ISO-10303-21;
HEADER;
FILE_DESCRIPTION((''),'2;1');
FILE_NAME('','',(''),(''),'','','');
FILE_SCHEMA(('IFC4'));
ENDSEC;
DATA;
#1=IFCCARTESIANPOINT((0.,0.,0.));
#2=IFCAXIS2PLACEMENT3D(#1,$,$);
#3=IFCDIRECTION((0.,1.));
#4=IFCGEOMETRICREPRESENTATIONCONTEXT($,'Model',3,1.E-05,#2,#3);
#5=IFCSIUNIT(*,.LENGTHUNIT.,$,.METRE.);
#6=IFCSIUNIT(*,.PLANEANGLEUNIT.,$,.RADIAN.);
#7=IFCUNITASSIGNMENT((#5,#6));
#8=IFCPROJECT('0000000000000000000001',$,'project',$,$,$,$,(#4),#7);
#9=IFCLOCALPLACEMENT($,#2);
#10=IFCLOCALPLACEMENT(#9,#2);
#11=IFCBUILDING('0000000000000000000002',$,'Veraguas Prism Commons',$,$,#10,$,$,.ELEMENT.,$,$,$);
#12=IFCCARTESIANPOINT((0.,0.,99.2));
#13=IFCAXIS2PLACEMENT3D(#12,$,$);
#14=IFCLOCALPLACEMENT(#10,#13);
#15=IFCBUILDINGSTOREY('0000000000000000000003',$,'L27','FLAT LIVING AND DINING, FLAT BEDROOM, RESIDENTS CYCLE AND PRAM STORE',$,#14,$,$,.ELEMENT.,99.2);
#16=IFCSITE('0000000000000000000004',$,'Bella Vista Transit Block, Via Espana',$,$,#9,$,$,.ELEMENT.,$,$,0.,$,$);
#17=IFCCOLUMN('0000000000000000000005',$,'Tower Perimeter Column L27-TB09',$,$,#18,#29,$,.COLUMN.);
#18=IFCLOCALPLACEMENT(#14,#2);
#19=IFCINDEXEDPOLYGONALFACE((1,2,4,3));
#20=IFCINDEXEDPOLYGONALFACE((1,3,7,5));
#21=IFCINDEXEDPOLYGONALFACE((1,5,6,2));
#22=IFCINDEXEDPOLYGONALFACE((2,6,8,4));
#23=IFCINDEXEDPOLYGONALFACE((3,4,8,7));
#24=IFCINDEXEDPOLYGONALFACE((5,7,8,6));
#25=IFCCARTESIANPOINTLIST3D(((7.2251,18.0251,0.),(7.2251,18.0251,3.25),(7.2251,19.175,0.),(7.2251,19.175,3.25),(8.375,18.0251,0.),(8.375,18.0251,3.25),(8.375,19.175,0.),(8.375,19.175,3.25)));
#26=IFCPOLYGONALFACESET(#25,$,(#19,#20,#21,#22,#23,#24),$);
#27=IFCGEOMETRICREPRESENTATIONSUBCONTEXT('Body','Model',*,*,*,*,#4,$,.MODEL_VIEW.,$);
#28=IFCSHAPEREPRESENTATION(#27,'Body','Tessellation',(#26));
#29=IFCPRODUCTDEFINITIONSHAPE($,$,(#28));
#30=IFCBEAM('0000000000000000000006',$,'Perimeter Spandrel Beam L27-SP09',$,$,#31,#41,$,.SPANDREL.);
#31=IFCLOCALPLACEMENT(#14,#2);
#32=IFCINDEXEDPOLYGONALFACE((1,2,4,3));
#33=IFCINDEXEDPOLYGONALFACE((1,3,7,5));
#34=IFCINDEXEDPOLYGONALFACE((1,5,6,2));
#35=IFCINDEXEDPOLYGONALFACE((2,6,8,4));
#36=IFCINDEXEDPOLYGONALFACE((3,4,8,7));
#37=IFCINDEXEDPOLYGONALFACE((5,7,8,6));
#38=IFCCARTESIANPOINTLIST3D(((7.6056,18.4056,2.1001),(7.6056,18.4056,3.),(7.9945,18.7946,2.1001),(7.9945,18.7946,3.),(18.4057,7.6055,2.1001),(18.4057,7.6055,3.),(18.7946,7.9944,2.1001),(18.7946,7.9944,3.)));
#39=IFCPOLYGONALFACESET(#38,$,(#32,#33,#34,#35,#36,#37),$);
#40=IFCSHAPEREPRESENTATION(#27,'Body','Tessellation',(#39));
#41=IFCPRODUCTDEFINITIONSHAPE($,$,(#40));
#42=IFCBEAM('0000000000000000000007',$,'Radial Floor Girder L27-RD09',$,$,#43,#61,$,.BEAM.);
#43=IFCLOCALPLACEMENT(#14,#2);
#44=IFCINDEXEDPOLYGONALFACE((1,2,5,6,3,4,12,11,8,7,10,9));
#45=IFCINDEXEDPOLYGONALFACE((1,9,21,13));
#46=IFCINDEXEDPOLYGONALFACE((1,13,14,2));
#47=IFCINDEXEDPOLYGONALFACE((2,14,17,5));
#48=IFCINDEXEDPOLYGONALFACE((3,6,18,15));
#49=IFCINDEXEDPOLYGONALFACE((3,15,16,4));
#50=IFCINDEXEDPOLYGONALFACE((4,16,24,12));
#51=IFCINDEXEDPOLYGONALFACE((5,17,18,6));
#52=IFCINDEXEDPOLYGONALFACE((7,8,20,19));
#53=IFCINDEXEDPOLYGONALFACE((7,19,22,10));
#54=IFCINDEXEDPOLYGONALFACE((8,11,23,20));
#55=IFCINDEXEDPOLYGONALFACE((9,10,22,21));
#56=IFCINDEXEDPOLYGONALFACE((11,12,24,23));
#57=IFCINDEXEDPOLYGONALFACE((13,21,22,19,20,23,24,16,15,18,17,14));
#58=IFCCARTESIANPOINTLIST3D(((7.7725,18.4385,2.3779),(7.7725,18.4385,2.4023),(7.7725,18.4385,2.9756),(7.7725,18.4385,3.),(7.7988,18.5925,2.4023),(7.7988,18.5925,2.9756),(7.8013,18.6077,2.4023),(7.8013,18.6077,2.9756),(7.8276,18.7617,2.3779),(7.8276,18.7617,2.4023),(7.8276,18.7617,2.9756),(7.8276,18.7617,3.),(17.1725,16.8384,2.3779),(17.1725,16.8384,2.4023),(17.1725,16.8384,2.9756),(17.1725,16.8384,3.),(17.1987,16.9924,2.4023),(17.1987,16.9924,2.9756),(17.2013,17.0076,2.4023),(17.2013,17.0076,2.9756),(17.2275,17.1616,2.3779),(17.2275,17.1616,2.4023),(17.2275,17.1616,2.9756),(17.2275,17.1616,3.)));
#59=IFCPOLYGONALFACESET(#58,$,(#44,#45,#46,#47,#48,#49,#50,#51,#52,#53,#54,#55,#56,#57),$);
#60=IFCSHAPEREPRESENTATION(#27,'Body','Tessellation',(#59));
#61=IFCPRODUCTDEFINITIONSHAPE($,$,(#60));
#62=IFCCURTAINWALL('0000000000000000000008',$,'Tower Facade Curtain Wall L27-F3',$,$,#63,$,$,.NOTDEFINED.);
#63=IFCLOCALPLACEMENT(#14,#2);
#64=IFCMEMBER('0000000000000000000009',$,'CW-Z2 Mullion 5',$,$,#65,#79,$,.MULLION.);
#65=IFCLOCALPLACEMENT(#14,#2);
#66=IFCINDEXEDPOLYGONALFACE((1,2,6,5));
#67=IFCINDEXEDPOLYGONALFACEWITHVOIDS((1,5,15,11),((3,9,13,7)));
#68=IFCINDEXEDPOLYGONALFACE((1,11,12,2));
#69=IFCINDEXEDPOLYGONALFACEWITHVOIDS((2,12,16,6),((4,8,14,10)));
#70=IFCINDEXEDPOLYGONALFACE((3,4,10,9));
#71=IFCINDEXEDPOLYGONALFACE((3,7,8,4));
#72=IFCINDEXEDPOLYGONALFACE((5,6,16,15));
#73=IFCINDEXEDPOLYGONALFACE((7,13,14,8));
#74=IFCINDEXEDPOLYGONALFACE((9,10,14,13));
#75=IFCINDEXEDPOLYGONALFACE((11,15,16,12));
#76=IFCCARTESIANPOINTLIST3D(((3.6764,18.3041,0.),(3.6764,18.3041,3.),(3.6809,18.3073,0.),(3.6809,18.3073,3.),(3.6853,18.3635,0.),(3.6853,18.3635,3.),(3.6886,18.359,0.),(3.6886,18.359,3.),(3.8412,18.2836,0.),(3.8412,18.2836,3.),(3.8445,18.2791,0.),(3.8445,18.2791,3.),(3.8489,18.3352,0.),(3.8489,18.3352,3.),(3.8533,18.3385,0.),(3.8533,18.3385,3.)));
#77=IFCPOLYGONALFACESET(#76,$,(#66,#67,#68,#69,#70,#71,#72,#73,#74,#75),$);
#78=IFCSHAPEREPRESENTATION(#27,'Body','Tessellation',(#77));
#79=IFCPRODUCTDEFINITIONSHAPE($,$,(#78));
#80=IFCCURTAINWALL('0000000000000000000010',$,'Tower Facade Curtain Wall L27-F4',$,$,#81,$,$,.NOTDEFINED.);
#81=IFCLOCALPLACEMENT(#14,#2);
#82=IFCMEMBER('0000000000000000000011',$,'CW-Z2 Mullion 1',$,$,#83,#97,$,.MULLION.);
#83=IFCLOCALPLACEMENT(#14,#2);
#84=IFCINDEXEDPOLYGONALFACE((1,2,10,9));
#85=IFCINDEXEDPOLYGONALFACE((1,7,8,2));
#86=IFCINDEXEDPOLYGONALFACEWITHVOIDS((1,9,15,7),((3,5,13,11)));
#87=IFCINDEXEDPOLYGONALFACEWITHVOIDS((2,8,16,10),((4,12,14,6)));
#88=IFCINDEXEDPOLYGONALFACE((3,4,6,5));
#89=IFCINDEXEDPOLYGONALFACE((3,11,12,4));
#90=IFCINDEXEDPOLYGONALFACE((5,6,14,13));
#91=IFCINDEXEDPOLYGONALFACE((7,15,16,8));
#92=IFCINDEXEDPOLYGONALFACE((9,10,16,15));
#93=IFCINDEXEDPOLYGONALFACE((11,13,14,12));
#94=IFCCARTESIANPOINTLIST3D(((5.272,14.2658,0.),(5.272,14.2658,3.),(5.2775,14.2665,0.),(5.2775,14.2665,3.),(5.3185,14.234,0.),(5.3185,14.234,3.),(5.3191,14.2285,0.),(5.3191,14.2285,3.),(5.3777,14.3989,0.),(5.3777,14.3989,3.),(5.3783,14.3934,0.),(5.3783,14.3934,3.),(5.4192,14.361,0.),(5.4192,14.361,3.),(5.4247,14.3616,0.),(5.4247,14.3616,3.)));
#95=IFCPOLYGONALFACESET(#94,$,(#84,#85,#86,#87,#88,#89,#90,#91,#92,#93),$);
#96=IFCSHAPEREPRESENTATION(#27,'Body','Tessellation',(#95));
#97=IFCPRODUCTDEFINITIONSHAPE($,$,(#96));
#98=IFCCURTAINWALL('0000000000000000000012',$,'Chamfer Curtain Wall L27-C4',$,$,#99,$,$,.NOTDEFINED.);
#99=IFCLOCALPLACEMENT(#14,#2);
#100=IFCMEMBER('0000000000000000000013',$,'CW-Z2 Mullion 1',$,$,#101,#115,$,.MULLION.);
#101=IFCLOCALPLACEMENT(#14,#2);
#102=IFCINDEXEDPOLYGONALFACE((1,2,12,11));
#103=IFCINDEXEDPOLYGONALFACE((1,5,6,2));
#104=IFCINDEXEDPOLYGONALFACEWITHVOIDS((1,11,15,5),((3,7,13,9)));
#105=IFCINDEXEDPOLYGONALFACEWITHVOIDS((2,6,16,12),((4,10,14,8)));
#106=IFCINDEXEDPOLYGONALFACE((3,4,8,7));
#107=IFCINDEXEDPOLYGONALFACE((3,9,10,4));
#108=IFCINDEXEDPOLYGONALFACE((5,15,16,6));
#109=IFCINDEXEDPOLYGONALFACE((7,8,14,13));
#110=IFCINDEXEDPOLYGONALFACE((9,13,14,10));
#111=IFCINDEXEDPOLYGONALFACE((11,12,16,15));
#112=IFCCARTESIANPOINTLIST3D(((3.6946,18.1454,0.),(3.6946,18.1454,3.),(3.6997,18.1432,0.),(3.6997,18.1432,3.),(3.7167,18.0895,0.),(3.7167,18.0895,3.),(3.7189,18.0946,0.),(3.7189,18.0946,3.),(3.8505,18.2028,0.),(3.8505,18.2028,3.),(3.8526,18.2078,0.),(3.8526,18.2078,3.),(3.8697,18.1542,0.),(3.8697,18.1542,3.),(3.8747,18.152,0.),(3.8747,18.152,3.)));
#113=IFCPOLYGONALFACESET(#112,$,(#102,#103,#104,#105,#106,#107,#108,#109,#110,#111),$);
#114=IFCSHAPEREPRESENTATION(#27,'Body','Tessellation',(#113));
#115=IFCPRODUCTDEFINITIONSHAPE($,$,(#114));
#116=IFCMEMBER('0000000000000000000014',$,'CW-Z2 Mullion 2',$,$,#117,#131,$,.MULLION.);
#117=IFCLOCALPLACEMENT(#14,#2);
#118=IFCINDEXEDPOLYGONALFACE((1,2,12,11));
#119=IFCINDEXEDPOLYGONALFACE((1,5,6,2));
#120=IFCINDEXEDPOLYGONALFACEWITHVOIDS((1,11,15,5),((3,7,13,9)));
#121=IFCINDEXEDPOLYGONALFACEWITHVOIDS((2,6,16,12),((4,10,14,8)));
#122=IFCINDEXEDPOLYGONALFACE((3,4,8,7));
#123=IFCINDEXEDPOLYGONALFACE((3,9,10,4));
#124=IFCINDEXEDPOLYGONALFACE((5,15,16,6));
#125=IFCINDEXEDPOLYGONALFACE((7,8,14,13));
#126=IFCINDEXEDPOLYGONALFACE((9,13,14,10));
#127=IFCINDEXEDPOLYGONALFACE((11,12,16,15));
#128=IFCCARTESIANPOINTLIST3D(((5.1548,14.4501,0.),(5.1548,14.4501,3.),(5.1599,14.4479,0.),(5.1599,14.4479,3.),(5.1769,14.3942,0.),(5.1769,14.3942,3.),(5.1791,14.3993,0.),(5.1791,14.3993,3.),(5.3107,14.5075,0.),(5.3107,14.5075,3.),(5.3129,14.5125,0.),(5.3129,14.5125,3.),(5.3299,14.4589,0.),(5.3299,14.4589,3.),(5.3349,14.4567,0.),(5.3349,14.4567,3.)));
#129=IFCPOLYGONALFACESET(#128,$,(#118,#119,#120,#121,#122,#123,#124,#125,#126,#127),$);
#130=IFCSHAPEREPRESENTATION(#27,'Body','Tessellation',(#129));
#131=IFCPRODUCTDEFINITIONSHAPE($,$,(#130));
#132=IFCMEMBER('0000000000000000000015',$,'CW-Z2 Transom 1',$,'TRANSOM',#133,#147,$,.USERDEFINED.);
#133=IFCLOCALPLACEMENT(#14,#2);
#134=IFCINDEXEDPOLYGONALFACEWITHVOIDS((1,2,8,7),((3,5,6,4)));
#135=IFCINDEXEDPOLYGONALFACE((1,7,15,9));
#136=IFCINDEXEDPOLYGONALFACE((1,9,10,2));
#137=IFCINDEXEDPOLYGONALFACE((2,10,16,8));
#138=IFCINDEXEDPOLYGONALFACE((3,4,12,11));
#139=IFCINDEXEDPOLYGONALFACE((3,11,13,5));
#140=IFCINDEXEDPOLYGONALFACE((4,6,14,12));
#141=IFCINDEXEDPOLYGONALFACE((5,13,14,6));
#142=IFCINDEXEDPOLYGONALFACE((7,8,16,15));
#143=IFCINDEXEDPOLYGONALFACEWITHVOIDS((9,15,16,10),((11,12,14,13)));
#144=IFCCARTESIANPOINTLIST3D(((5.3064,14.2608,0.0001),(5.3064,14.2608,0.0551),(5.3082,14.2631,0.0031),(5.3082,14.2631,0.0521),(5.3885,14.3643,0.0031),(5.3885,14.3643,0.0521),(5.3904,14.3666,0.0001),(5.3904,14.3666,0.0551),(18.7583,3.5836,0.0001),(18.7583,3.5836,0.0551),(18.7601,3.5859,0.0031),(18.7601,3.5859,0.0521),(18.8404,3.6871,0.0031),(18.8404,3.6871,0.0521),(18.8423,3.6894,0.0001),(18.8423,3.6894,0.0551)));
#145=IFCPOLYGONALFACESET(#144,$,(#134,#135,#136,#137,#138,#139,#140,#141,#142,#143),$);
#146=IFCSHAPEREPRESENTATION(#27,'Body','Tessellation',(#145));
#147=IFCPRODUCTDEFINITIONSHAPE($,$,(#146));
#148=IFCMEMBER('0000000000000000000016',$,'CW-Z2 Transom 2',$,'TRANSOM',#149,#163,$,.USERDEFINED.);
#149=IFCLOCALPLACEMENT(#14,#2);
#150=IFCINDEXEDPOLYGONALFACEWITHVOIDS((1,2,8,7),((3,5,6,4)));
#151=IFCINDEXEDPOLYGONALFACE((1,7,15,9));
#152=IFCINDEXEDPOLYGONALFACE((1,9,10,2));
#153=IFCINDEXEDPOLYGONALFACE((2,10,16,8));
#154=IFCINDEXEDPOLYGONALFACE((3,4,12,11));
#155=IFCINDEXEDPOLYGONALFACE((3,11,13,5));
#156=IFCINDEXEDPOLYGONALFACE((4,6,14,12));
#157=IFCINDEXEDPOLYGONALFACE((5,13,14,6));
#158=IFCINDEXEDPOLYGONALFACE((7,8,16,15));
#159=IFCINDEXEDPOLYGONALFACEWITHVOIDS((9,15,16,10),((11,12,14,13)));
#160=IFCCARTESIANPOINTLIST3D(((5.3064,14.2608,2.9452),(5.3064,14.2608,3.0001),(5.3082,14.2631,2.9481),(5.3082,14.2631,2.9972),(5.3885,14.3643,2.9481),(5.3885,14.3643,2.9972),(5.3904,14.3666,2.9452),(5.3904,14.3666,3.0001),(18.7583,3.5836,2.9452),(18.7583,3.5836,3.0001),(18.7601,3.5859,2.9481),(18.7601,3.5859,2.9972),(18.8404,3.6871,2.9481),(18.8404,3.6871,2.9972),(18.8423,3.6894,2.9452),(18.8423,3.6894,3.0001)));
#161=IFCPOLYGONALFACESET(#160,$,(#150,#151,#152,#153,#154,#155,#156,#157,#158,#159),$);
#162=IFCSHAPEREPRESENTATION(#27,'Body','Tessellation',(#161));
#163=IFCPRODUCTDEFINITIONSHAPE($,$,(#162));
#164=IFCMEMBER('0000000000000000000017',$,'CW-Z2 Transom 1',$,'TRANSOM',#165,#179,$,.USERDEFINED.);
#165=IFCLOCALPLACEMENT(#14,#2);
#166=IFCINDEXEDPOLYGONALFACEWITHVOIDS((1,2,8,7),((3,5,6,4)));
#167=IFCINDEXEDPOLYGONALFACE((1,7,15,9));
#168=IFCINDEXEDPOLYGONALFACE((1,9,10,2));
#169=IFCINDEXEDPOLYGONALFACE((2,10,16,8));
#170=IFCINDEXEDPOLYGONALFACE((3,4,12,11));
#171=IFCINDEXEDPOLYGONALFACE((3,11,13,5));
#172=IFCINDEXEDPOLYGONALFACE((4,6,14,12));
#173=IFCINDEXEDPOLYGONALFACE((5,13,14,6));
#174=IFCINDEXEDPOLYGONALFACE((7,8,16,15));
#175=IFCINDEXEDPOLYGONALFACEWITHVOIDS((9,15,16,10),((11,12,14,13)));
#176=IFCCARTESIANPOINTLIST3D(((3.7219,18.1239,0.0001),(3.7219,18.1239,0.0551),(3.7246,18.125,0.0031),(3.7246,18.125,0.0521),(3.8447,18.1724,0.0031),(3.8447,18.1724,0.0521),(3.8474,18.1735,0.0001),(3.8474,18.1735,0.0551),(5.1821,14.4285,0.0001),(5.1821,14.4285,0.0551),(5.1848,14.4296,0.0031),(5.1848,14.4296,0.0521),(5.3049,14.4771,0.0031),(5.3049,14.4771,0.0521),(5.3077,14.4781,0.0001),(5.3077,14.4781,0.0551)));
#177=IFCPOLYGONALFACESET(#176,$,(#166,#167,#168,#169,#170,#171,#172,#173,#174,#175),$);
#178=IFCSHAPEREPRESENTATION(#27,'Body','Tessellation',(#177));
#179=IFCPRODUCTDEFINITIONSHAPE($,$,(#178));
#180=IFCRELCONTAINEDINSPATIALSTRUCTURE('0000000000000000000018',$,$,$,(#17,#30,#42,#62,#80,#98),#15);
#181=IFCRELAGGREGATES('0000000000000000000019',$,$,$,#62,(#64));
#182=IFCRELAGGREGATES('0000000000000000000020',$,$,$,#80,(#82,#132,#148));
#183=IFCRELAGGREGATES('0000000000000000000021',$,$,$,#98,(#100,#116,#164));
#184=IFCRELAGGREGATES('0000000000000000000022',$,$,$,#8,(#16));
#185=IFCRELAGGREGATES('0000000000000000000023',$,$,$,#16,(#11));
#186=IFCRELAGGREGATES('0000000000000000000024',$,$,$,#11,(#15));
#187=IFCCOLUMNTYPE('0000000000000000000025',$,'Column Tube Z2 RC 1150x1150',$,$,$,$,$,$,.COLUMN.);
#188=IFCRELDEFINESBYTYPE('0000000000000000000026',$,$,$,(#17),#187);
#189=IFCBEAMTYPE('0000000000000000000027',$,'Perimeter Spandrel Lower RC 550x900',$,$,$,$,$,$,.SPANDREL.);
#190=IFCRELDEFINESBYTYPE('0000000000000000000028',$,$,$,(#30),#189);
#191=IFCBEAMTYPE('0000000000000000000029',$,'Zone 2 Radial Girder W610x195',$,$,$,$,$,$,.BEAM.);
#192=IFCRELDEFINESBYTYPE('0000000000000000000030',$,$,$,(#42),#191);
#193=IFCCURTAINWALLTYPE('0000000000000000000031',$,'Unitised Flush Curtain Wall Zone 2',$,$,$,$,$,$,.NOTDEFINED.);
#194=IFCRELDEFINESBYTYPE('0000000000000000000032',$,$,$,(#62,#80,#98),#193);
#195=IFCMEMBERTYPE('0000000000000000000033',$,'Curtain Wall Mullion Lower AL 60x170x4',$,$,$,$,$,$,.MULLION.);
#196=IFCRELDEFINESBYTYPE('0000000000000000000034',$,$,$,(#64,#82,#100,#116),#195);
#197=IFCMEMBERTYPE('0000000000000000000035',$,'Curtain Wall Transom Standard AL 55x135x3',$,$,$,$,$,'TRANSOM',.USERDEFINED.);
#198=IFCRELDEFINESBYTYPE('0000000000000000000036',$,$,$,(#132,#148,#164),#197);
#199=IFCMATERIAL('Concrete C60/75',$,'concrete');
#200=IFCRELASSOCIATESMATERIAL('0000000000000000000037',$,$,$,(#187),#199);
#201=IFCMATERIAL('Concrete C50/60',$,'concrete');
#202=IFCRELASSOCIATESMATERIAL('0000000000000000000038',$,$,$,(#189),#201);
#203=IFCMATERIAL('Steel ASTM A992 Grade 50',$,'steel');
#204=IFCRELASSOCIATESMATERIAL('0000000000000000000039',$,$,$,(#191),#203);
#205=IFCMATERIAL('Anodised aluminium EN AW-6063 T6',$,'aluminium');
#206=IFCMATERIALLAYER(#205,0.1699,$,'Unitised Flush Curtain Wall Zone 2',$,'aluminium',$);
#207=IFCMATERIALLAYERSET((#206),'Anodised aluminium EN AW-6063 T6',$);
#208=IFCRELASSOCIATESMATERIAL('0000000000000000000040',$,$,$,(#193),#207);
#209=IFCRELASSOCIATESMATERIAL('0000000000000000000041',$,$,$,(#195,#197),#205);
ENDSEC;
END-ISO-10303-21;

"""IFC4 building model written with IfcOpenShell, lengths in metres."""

from ifc_helpers import new_model, si_unit, direction, frame, origin, origin_2d, place, context, subcontext, project, spatial, rectangle, hollow_rectangle, i_section, extrude, source, transform, mapped, material, layer, layer_set, material_profile, profile_set, type_object, element, aggregate, save


model = new_model("IFC4")

# Units and contexts
model_context = context("Model", 3, precision=1e-05, world=origin(), true_north=direction((0.0, 1.0)))
body_context = subcontext(model_context, "Body", "Model", "MODEL_VIEW")
ifc_project = project(units=[si_unit("LENGTHUNIT", "METRE"), si_unit("PLANEANGLEUNIT", "RADIAN")], contexts=[model_context])

# Site, building, storey
site_placement = place(None, origin())
site = spatial("IfcSite", under=ifc_project, at=site_placement, Name="Bella Vista Transit Block, Via Espana", CompositionType="ELEMENT", RefElevation=0.0)
building_placement = place(site_placement, origin())
building = spatial("IfcBuilding", under=site, at=building_placement, Name="Veraguas Prism Commons", CompositionType="ELEMENT")
storey_placement = place(building_placement, frame((0.0, 0.0, 99.2)))
storey = spatial("IfcBuildingStorey", under=building, at=storey_placement, Name="L27", Description="FLAT LIVING AND DINING, FLAT BEDROOM, RESIDENTS CYCLE AND PRAM STORE", CompositionType="ELEMENT", Elevation=99.2)

# Column
ifc_material_1 = material(Name="Concrete C60/75", Category="concrete")
ifc_material_profile_1 = material_profile(ifc_material_1, rectangle(XDim=1.1499, YDim=1.1499, at=origin_2d()), Name="RC1150X1150")
ifc_profile_set_1 = profile_set([ifc_material_profile_1], Name="Concrete C60/75")
column_type = type_object("IfcColumnType", Name="Column Tube Z2 RC 1150x1150", PredefinedType="COLUMN", material=ifc_profile_set_1)
column_placement = place(storey_placement, frame((7.8, 18.6001, 0.0), z_axis=(0.0, 0.0, 1.0), x_axis=(1.0, 0.0, 0.0)))
element("IfcColumn", 1, at=column_placement, inside=storey, type_object=column_type, Name="Tower Perimeter Column L27-TB09", PredefinedType="COLUMN", context=body_context, shape_type="SweptSolid", body=[
    extrude(rectangle(XDim=1.1499, YDim=1.1499, at=origin_2d()), origin(), (0.0, 0.0, 1.0), 3.25),
])

# Beams
ifc_material_2 = material(Name="Concrete C50/60", Category="concrete")
ifc_material_profile_2 = material_profile(ifc_material_2, rectangle(XDim=0.55, YDim=0.8999, at=origin_2d()), Name="RC550X900")
ifc_profile_set_2 = profile_set([ifc_material_profile_2], Name="Concrete C50/60")
beam_type_1 = type_object("IfcBeamType", Name="Perimeter Spandrel Lower RC 550x900", PredefinedType="SPANDREL", material=ifc_profile_set_2)
beam_1_placement = place(storey_placement, frame((7.8, 18.6001, 2.55), z_axis=(0.707107, -0.707107, 0.0), x_axis=(0.707107, 0.707107, 0.0)))
element("IfcBeam", 2, at=beam_1_placement, inside=storey, type_object=beam_type_1, Name="Perimeter Spandrel Beam L27-SP09", PredefinedType="SPANDREL", context=body_context, shape_type="SweptSolid", body=[
    extrude(rectangle(XDim=0.55, YDim=0.8999, at=origin_2d()), origin(), (0.0, 0.0, 1.0), 15.2737),
])
ifc_material_3 = material(Name="Steel ASTM A992 Grade 50", Category="steel")
ifc_material_profile_3 = material_profile(ifc_material_3, i_section(OverallWidth=0.3279, OverallDepth=0.6221, WebThickness=0.0154, FlangeThickness=0.0244, at=origin_2d()), Name="W610X195")
ifc_profile_set_3 = profile_set([ifc_material_profile_3], Name="Steel ASTM A992 Grade 50")
beam_type_2 = type_object("IfcBeamType", Name="Zone 2 Radial Girder W610x195", PredefinedType="BEAM", material=ifc_profile_set_3)
beam_2_placement = place(storey_placement, frame((7.8, 18.6001, 2.689), z_axis=(0.985819, -0.167811, 0.0), x_axis=(0.167811, 0.985819, 0.0)))
element("IfcBeam", 3, at=beam_2_placement, inside=storey, type_object=beam_type_2, Name="Radial Floor Girder L27-RD09", PredefinedType="BEAM", context=body_context, shape_type="SweptSolid", body=[
    extrude(i_section(OverallWidth=0.3279, OverallDepth=0.6221, WebThickness=0.0154, FlangeThickness=0.0244, at=origin_2d()), origin(), (0.0, 0.0, 1.0), 9.5352),
])

# Curtain walls, members
ifc_material_4 = material(Name="Anodised aluminium EN AW-6063 T6", Category="aluminium")
ifc_layer_1 = layer(ifc_material_4, 0.1699, Name="Unitised Flush Curtain Wall Zone 2", Category="aluminium")
ifc_layer_set_1 = layer_set([ifc_layer_1], Name="Anodised aluminium EN AW-6063 T6")
curtain_wall_type = type_object("IfcCurtainWallType", Name="Unitised Flush Curtain Wall Zone 2", PredefinedType="NOTDEFINED", material=ifc_layer_set_1)
curtain_wall_1_placement = place(storey_placement, origin())
curtain_wall_1 = element("IfcCurtainWall", 4, at=curtain_wall_1_placement, inside=storey, type_object=curtain_wall_type, Name="Tower Facade Curtain Wall L27-F3", PredefinedType="NOTDEFINED")
ifc_material_profile_4 = material_profile(ifc_material_4, hollow_rectangle(XDim=0.0601, YDim=0.1699, WallThickness=0.0039, at=origin_2d()), Name="AL60X170X4")
ifc_profile_set_4 = profile_set([ifc_material_profile_4], Name="Anodised aluminium EN AW-6063 T6")
member_type_1 = type_object("IfcMemberType", Name="Curtain Wall Mullion Lower AL 60x170x4", PredefinedType="MULLION", material=ifc_profile_set_4)
shared_shape_1 = source(origin(), body_context, "Body", "SweptSolid", [
    extrude(hollow_rectangle(XDim=0.0601, YDim=0.1699, WallThickness=0.0039, at=origin_2d()), origin(), (0.0, 0.0, 1.0), 3.0),
])
member_1_placement = place(storey_placement, frame((3.7649, 18.3213, 0.0), z_axis=(0.0, 0.0, 1.0), x_axis=(-0.146777, -0.98917, 0.0)))
member_1 = element("IfcMember", 5, at=member_1_placement, type_object=member_type_1, Name="CW-Z2 Mullion 5", PredefinedType="MULLION", context=body_context, shape_type="MappedRepresentation", body=[
    mapped(shared_shape_1, transform((0.0, 0.0, 0.0), scale=1.0)),
])
curtain_wall_2_placement = place(storey_placement, origin())
curtain_wall_2 = element("IfcCurtainWall", 6, at=curtain_wall_2_placement, inside=storey, type_object=curtain_wall_type, Name="Tower Facade Curtain Wall L27-F4", PredefinedType="NOTDEFINED")
member_2_placement = place(storey_placement, frame((5.3484, 14.3137, 0.0), z_axis=(0.0, 0.0, 1.0), x_axis=(0.783261, -0.621693, 0.0)))
member_2 = element("IfcMember", 7, at=member_2_placement, type_object=member_type_1, Name="CW-Z2 Mullion 1", PredefinedType="MULLION", context=body_context, shape_type="MappedRepresentation", body=[
    mapped(shared_shape_1, transform((0.0, 0.0, 0.0), scale=1.0)),
])

# Curtain wall, members
curtain_wall_3_placement = place(storey_placement, origin())
curtain_wall_3 = element("IfcCurtainWall", 8, at=curtain_wall_3_placement, inside=storey, type_object=curtain_wall_type, Name="Chamfer Curtain Wall L27-C4", PredefinedType="NOTDEFINED")
member_3_placement = place(storey_placement, frame((3.7847, 18.1487, 0.0), z_axis=(0.0, 0.0, 1.0), x_axis=(0.367498, -0.930024, 0.0)))
member_3 = element("IfcMember", 9, at=member_3_placement, type_object=member_type_1, Name="CW-Z2 Mullion 1", PredefinedType="MULLION", context=body_context, shape_type="MappedRepresentation", body=[
    mapped(shared_shape_1, transform((0.0, 0.0, 0.0), scale=1.0)),
])
member_4_placement = place(storey_placement, frame((5.2449, 14.4534, 0.0), z_axis=(0.0, 0.0, 1.0), x_axis=(0.367498, -0.930024, 0.0)))
member_4 = element("IfcMember", 10, at=member_4_placement, type_object=member_type_1, Name="CW-Z2 Mullion 2", PredefinedType="MULLION", context=body_context, shape_type="MappedRepresentation", body=[
    mapped(shared_shape_1, transform((0.0, 0.0, 0.0), scale=1.0)),
])

# Members
ifc_material_profile_5 = material_profile(ifc_material_4, hollow_rectangle(XDim=0.0549, YDim=0.135, WallThickness=0.0029, at=origin_2d()), Name="AL55X135X3")
ifc_profile_set_5 = profile_set([ifc_material_profile_5], Name="Anodised aluminium EN AW-6063 T6")
member_type_2 = type_object("IfcMemberType", Name="Curtain Wall Transom Standard AL 55x135x3", ElementType="TRANSOM", PredefinedType="USERDEFINED", material=ifc_profile_set_5)
shared_shape_2 = source(origin(), body_context, "Body", "SweptSolid", [
    extrude(hollow_rectangle(XDim=0.0549, YDim=0.135, WallThickness=0.0029, at=origin_2d()), origin(), (0.0, 0.0, 1.0), 17.1743),
])
member_5_placement = place(storey_placement, frame((5.3484, 14.3137, 0.0276), z_axis=(0.783257, -0.621698, 0.0), x_axis=(0.0, 0.0, 1.0)))
member_5 = element("IfcMember", 11, at=member_5_placement, type_object=member_type_2, Name="CW-Z2 Transom 1", ObjectType="TRANSOM", PredefinedType="USERDEFINED", context=body_context, shape_type="MappedRepresentation", body=[
    mapped(shared_shape_2, transform((0.0, 0.0, 0.0), scale=1.0)),
])
member_6_placement = place(storey_placement, frame((5.3484, 14.3137, 2.9727), z_axis=(0.783257, -0.621698, 0.0), x_axis=(0.0, 0.0, 1.0)))
member_6 = element("IfcMember", 12, at=member_6_placement, type_object=member_type_2, Name="CW-Z2 Transom 2", ObjectType="TRANSOM", PredefinedType="USERDEFINED", context=body_context, shape_type="MappedRepresentation", body=[
    mapped(shared_shape_2, transform((0.0, 0.0, 0.0), scale=1.0)),
])
shared_shape_3 = source(origin(), body_context, "Body", "SweptSolid", [
    extrude(hollow_rectangle(XDim=0.0549, YDim=0.135, WallThickness=0.0029, at=origin_2d()), origin(), (0.0, 0.0, 1.0), 3.9734),
])
member_7_placement = place(storey_placement, frame((3.7847, 18.1487, 0.0276), z_axis=(0.367499, -0.930024, 0.0), x_axis=(0.0, 0.0, 1.0)))
member_7 = element("IfcMember", 13, at=member_7_placement, type_object=member_type_2, Name="CW-Z2 Transom 1", ObjectType="TRANSOM", PredefinedType="USERDEFINED", context=body_context, shape_type="MappedRepresentation", body=[
    mapped(shared_shape_3, transform((0.0, 0.0, 0.0), scale=1.0)),
])

aggregate(curtain_wall_1, [member_1])
aggregate(curtain_wall_2, [member_2, member_5, member_6])
aggregate(curtain_wall_3, [member_3, member_4, member_7])

save(model, "model.ifc")
